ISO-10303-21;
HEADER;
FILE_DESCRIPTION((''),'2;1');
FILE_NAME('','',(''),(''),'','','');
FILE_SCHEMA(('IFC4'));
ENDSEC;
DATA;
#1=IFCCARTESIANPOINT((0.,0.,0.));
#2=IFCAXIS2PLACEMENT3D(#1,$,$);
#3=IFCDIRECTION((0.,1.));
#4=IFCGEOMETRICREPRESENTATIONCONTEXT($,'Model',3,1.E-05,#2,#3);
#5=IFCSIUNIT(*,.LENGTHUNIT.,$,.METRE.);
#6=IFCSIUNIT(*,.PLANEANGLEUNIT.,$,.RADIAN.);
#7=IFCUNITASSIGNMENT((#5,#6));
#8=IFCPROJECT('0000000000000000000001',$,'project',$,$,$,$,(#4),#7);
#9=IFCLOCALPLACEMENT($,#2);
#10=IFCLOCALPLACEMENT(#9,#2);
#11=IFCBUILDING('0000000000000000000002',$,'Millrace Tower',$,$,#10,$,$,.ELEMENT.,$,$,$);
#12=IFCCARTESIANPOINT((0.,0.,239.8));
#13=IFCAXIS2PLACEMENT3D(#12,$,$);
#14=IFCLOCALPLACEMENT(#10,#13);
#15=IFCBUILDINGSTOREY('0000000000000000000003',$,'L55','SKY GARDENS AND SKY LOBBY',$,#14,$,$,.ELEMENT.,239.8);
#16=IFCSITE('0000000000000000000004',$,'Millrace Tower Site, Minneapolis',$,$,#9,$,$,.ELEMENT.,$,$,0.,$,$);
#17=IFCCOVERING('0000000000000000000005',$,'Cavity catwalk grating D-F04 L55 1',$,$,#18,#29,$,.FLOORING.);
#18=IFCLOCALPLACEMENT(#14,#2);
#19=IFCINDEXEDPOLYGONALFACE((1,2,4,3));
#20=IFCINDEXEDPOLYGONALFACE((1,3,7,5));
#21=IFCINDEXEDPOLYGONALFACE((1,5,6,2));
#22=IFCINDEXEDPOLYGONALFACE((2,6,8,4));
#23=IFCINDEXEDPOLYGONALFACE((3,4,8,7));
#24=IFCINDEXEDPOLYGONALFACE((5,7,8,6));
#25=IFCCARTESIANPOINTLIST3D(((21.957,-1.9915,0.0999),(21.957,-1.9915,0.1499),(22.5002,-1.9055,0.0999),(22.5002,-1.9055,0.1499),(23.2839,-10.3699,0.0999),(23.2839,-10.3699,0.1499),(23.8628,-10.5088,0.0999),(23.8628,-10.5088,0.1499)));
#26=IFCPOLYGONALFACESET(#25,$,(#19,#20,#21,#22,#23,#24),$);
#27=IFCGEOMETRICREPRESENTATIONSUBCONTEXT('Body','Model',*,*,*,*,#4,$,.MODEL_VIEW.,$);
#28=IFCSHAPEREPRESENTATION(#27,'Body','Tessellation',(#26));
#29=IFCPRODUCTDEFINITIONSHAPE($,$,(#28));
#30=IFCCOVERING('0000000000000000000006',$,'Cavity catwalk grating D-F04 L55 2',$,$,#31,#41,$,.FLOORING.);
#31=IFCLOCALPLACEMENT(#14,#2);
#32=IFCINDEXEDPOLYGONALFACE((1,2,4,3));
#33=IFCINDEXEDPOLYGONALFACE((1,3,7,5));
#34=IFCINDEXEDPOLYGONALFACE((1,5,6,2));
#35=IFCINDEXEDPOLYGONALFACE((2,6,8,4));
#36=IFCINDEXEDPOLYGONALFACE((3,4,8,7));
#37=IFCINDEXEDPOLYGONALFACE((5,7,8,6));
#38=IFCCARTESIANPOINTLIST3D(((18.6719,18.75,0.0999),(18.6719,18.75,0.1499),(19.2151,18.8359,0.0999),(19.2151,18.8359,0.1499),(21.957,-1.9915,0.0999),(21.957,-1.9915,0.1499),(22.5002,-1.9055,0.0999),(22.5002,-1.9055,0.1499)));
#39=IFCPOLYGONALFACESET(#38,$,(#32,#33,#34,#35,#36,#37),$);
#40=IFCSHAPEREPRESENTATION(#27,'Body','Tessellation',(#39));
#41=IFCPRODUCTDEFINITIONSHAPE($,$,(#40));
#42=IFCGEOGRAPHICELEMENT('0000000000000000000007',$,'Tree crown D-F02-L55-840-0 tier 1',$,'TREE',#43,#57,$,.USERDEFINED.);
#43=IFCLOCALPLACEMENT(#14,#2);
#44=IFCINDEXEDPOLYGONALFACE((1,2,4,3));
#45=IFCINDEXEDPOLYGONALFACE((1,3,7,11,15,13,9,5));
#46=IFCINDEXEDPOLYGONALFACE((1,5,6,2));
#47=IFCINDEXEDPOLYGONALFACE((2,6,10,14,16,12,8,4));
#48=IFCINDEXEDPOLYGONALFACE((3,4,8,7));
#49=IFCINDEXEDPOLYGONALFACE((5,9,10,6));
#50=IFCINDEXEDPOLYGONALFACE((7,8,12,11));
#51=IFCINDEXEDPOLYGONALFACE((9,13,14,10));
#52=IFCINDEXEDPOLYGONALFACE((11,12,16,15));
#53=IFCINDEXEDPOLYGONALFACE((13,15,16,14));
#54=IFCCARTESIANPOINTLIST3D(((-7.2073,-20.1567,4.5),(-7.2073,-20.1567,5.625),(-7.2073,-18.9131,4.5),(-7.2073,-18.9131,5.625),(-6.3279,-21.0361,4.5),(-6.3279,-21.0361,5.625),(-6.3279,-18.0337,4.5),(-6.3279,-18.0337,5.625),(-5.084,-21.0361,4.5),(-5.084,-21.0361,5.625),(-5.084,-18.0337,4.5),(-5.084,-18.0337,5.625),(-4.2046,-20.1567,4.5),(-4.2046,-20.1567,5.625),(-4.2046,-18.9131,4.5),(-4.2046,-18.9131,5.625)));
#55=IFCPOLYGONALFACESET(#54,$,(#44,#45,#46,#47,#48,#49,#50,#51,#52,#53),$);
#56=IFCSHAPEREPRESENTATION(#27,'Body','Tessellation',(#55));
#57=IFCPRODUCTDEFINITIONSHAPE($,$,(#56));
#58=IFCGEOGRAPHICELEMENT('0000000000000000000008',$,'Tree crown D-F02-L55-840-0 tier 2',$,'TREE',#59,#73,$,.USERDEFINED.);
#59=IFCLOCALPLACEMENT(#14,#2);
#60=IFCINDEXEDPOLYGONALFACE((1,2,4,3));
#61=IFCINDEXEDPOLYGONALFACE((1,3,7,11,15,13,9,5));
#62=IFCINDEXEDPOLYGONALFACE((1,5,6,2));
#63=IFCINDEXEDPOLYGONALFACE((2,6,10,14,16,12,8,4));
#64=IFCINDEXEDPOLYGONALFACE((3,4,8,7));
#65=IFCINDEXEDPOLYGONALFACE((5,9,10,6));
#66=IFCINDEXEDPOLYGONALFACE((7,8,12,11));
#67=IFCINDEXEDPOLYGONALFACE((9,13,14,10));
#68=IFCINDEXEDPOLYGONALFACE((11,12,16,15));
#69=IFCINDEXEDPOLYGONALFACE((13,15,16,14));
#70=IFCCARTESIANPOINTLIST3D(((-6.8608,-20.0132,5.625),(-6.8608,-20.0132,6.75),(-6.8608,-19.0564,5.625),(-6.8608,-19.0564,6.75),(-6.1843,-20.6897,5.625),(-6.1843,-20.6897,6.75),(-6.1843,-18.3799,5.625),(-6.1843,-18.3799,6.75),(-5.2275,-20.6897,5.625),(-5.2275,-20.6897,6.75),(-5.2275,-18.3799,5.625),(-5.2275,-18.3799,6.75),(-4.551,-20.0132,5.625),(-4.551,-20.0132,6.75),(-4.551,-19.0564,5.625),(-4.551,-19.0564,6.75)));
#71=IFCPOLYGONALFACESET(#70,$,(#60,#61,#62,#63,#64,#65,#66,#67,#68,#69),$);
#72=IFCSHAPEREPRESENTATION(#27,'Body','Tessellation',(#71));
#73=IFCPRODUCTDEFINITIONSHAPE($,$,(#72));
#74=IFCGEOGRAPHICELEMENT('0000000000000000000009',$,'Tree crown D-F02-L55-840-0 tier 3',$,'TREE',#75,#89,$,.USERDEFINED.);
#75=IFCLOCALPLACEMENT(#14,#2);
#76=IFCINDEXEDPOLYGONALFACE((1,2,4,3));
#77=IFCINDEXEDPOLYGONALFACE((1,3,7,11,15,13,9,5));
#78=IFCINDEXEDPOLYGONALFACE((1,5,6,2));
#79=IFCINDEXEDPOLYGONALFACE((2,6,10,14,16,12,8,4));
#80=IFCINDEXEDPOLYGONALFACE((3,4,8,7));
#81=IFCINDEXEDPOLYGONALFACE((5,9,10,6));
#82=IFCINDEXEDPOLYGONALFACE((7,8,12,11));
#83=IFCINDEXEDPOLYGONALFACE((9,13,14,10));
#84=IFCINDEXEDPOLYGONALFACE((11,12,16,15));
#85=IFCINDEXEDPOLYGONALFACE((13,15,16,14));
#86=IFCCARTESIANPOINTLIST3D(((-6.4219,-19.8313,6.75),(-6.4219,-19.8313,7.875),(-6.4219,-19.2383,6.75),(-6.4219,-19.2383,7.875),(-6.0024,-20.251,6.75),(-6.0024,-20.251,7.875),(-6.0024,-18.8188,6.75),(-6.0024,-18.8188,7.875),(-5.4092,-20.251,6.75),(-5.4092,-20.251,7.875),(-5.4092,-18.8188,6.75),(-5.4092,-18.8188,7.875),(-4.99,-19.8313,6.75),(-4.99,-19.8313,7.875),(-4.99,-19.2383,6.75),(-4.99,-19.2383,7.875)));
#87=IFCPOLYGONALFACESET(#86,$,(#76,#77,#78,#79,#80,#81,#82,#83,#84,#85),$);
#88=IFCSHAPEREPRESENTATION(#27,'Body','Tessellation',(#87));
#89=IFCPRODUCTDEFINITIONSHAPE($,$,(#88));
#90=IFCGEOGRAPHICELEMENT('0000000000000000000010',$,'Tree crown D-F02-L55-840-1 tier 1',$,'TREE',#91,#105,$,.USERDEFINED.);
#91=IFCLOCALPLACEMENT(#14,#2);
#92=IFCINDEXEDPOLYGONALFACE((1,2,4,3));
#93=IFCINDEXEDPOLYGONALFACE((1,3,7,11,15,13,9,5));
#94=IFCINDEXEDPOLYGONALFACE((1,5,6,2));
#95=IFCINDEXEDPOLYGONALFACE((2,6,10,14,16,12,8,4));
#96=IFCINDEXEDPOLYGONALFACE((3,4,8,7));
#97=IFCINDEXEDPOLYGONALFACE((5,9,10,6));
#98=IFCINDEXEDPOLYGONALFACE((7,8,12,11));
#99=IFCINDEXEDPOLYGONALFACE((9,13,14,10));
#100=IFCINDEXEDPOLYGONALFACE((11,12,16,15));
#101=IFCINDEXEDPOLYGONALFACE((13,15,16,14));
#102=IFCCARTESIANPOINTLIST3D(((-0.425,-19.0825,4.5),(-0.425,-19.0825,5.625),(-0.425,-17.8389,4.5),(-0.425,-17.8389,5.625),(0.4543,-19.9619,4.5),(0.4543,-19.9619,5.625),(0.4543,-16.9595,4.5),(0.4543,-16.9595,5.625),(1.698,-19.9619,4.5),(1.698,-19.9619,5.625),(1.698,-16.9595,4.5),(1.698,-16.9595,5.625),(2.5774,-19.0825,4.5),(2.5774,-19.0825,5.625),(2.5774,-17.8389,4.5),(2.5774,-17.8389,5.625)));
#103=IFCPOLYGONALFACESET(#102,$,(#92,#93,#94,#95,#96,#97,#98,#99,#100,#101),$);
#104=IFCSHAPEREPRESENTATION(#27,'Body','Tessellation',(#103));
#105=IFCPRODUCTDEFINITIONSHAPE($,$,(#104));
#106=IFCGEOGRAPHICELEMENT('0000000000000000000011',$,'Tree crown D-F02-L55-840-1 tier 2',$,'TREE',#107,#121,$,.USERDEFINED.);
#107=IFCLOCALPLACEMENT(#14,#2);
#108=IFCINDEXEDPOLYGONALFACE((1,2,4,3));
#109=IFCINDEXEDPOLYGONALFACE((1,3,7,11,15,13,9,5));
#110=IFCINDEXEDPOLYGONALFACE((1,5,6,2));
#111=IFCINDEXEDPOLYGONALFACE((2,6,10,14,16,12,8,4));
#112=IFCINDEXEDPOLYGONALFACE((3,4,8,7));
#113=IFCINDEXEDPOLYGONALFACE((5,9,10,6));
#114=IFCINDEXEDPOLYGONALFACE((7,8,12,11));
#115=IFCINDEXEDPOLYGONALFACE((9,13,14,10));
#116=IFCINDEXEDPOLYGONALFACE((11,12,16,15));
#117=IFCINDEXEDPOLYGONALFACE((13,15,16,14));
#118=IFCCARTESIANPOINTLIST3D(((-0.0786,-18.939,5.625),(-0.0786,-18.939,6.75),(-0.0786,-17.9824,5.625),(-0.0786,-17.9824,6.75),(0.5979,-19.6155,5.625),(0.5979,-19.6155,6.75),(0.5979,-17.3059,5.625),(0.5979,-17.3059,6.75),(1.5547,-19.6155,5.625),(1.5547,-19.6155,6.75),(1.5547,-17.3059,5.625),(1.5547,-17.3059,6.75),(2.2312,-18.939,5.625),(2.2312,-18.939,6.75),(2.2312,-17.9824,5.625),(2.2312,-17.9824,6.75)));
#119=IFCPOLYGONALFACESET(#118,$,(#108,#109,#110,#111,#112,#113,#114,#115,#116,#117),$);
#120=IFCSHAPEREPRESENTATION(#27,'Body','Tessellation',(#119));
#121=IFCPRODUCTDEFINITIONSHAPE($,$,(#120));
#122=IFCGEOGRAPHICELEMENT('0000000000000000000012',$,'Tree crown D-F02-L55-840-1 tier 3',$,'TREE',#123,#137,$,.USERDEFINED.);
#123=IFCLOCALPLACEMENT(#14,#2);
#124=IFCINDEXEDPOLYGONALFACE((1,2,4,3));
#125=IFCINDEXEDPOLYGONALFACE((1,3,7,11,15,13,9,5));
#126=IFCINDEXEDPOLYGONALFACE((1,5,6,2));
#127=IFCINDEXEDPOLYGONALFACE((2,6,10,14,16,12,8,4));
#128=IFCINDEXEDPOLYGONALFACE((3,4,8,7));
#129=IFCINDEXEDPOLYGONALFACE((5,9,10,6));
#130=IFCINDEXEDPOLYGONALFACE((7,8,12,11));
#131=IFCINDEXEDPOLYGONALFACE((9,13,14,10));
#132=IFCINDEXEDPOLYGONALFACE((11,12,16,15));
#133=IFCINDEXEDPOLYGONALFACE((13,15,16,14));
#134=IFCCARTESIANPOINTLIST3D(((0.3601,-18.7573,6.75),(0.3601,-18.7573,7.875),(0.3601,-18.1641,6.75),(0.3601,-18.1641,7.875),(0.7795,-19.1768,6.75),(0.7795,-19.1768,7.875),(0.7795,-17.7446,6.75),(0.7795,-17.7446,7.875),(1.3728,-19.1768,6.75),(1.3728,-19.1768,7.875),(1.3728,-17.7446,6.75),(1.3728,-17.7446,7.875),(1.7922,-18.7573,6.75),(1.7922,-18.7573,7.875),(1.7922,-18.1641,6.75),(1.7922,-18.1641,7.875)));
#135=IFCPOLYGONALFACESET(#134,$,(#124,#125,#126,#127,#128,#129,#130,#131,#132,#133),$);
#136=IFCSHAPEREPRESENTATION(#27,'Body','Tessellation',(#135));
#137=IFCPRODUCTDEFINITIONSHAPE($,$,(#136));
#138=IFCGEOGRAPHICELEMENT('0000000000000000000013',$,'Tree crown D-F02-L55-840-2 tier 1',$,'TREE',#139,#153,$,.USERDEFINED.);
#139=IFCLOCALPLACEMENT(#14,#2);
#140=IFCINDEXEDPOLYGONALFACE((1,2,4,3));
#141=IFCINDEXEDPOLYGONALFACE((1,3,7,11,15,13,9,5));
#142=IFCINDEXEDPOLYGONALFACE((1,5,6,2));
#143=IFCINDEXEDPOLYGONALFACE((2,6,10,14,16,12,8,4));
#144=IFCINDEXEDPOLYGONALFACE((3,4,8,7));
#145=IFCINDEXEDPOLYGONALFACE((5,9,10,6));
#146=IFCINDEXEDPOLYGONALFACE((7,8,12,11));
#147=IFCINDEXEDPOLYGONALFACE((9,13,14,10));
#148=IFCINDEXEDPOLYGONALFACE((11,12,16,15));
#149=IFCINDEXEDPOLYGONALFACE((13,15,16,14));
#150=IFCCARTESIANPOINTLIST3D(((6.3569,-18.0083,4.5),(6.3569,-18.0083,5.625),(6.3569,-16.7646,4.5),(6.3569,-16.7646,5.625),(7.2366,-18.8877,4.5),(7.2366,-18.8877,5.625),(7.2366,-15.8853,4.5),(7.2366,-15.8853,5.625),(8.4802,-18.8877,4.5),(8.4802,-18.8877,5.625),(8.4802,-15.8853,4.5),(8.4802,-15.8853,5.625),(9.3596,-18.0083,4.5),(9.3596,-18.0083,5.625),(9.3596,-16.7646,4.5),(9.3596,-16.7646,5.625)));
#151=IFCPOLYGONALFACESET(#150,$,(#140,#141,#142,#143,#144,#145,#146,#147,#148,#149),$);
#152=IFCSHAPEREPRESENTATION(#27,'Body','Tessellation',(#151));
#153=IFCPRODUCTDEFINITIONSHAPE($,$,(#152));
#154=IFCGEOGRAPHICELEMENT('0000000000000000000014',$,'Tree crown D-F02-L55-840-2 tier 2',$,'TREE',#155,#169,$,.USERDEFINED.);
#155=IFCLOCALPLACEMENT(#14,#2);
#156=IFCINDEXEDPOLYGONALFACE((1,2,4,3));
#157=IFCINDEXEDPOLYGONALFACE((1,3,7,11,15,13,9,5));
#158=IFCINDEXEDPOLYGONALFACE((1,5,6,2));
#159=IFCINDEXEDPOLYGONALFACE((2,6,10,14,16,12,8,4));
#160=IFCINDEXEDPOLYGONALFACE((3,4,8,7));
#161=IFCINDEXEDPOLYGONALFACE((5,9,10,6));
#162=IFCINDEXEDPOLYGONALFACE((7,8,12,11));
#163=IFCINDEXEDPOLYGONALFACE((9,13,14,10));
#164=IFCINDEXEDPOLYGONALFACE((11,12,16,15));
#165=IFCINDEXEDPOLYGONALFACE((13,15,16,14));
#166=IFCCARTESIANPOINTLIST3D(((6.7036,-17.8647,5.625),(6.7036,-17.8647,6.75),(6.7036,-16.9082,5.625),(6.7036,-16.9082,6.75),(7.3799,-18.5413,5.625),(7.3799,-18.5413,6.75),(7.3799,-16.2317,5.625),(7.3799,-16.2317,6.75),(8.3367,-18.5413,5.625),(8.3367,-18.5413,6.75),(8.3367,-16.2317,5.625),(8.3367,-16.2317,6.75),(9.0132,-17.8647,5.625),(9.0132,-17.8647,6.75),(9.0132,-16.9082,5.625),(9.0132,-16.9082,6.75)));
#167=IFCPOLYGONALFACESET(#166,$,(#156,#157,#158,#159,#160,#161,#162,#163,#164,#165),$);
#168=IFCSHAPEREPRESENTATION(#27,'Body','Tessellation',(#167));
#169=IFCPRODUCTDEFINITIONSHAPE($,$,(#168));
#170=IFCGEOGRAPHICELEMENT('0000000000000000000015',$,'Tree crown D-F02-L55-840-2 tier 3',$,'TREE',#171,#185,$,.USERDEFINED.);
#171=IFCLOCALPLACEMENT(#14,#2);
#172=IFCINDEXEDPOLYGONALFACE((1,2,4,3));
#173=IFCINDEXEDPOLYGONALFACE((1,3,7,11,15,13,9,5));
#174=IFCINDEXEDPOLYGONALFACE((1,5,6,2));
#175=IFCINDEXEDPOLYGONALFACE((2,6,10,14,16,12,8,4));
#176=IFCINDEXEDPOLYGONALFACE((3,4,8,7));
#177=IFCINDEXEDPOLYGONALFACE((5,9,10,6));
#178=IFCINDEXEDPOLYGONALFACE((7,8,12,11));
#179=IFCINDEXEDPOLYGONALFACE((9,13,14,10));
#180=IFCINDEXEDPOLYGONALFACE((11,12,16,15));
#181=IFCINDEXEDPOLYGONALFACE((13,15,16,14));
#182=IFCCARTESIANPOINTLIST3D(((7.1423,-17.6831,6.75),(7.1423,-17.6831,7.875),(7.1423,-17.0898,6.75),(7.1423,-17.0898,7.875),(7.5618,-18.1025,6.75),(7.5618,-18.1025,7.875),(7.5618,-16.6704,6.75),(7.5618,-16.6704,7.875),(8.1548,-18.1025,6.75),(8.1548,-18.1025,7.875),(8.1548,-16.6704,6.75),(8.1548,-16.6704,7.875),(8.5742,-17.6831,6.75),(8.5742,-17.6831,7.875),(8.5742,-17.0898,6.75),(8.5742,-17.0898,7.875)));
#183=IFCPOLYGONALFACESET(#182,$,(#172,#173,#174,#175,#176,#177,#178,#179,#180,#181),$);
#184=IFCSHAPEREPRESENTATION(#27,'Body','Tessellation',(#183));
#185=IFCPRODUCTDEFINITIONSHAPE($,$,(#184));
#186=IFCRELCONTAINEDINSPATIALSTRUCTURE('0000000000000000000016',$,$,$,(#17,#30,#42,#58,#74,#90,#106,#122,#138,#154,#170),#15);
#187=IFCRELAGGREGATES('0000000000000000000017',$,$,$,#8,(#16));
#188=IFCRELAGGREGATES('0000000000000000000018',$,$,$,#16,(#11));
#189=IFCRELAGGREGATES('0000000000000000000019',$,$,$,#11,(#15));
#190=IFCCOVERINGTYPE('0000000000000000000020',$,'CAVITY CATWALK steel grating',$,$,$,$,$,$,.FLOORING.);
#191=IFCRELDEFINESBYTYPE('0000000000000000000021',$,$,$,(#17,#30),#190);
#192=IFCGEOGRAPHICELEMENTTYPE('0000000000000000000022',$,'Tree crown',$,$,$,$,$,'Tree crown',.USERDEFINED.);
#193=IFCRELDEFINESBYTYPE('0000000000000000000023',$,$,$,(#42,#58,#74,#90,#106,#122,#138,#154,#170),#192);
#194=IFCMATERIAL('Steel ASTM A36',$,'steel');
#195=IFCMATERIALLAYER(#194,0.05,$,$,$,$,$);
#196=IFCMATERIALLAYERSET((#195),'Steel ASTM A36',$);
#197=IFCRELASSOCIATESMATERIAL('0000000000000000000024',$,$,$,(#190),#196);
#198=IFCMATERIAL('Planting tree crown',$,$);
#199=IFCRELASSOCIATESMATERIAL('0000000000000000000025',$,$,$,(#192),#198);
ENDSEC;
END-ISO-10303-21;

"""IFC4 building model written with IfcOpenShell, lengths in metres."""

from ifc_helpers import new_model, si_unit, direction, frame, origin, place, context, subcontext, project, spatial, polyline, outline, extrude, material, layer, layer_set, type_object, element, save


model = new_model("IFC4")

# Units and contexts
model_context = context("Model", 3, precision=1e-05, world=origin(), true_north=direction((0.0, 1.0)))
body_context = subcontext(model_context, "Body", "Model", "MODEL_VIEW")
ifc_project = project(units=[si_unit("LENGTHUNIT", "METRE"), si_unit("PLANEANGLEUNIT", "RADIAN")], contexts=[model_context])

# Site, building, storey
site_placement = place(None, origin())
site = spatial("IfcSite", under=ifc_project, at=site_placement, Name="Millrace Tower Site, Minneapolis", CompositionType="ELEMENT", RefElevation=0.0)
building_placement = place(site_placement, origin())
building = spatial("IfcBuilding", under=site, at=building_placement, Name="Millrace Tower", CompositionType="ELEMENT")
storey_placement = place(building_placement, frame((0.0, 0.0, 239.8)))
storey = spatial("IfcBuildingStorey", under=building, at=storey_placement, Name="L55", Description="SKY GARDENS AND SKY LOBBY", CompositionType="ELEMENT", Elevation=239.8)

# Coverings
ifc_material_1 = material(Name="Steel ASTM A36", Category="steel")
ifc_layer_1 = layer(ifc_material_1, 0.05)
ifc_layer_set_1 = layer_set([ifc_layer_1], Name="Steel ASTM A36")
covering_type = type_object("IfcCoveringType", Name="CAVITY CATWALK steel grating", PredefinedType="FLOORING", material=ifc_layer_set_1)
placement_1 = place(storey_placement, frame((0.0, 0.0, 0.0999)))
element("IfcCovering", 1, at=placement_1, inside=storey, type_object=covering_type, Name="Cavity catwalk grating D-F04 L55 1", PredefinedType="FLOORING", context=body_context, shape_type="SweptSolid", body=[
    extrude(outline(polyline([(23.8628, -10.5088), (22.5002, -1.9055), (21.957, -1.9915), (23.2839, -10.3699), (23.8628, -10.5088)])), origin(), (0.0, 0.0, 1.0), 0.05),
])
element("IfcCovering", 2, at=placement_1, inside=storey, type_object=covering_type, Name="Cavity catwalk grating D-F04 L55 2", PredefinedType="FLOORING", context=body_context, shape_type="SweptSolid", body=[
    extrude(outline(polyline([(22.5002, -1.9055), (19.2151, 18.8359), (18.6719, 18.75), (21.957, -1.9915), (22.5002, -1.9055)])), origin(), (0.0, 0.0, 1.0), 0.05),
])

# Geographic elements
ifc_material_2 = material(Name="Planting tree crown")
geographic_element_type = type_object("IfcGeographicElementType", Name="Tree crown", ElementType="Tree crown", PredefinedType="USERDEFINED", material=ifc_material_2)
placement_2 = place(storey_placement, frame((0.0, 0.0, 4.5)))
element("IfcGeographicElement", 3, at=placement_2, inside=storey, type_object=geographic_element_type, Name="Tree crown D-F02-L55-840-0 tier 1", ObjectType="TREE", PredefinedType="USERDEFINED", context=body_context, shape_type="SweptSolid", body=[
    extrude(outline(polyline([(-4.2046, -18.9131), (-5.084, -18.0337), (-6.3279, -18.0337), (-7.2073, -18.9131), (-7.2073, -20.1567), (-6.3279, -21.0361), (-5.084, -21.0361), (-4.2046, -20.1567), (-4.2046, -18.9131)])), origin(), (0.0, 0.0, 1.0), 1.125),
])
placement_3 = place(storey_placement, frame((0.0, 0.0, 5.625)))
element("IfcGeographicElement", 4, at=placement_3, inside=storey, type_object=geographic_element_type, Name="Tree crown D-F02-L55-840-0 tier 2", ObjectType="TREE", PredefinedType="USERDEFINED", context=body_context, shape_type="SweptSolid", body=[
    extrude(outline(polyline([(-4.551, -19.0564), (-5.2275, -18.3799), (-6.1843, -18.3799), (-6.8608, -19.0564), (-6.8608, -20.0132), (-6.1843, -20.6897), (-5.2275, -20.6897), (-4.551, -20.0132), (-4.551, -19.0564)])), origin(), (0.0, 0.0, 1.0), 1.125),
])
placement_4 = place(storey_placement, frame((0.0, 0.0, 6.75)))
element("IfcGeographicElement", 5, at=placement_4, inside=storey, type_object=geographic_element_type, Name="Tree crown D-F02-L55-840-0 tier 3", ObjectType="TREE", PredefinedType="USERDEFINED", context=body_context, shape_type="SweptSolid", body=[
    extrude(outline(polyline([(-4.99, -19.2383), (-5.4092, -18.8188), (-6.0024, -18.8188), (-6.4219, -19.2383), (-6.4219, -19.8313), (-6.0024, -20.251), (-5.4092, -20.251), (-4.99, -19.8313), (-4.99, -19.2383)])), origin(), (0.0, 0.0, 1.0), 1.125),
])
element("IfcGeographicElement", 6, at=placement_2, inside=storey, type_object=geographic_element_type, Name="Tree crown D-F02-L55-840-1 tier 1", ObjectType="TREE", PredefinedType="USERDEFINED", context=body_context, shape_type="SweptSolid", body=[
    extrude(outline(polyline([(2.5774, -17.8389), (1.698, -16.9595), (0.4543, -16.9595), (-0.425, -17.8389), (-0.425, -19.0825), (0.4543, -19.9619), (1.698, -19.9619), (2.5774, -19.0825), (2.5774, -17.8389)])), origin(), (0.0, 0.0, 1.0), 1.125),
])
element("IfcGeographicElement", 7, at=placement_3, inside=storey, type_object=geographic_element_type, Name="Tree crown D-F02-L55-840-1 tier 2", ObjectType="TREE", PredefinedType="USERDEFINED", context=body_context, shape_type="SweptSolid", body=[
    extrude(outline(polyline([(2.2312, -17.9824), (1.5547, -17.3059), (0.5979, -17.3059), (-0.0786, -17.9824), (-0.0786, -18.939), (0.5979, -19.6155), (1.5547, -19.6155), (2.2312, -18.939), (2.2312, -17.9824)])), origin(), (0.0, 0.0, 1.0), 1.125),
])
element("IfcGeographicElement", 8, at=placement_4, inside=storey, type_object=geographic_element_type, Name="Tree crown D-F02-L55-840-1 tier 3", ObjectType="TREE", PredefinedType="USERDEFINED", context=body_context, shape_type="SweptSolid", body=[
    extrude(outline(polyline([(1.7922, -18.1641), (1.3728, -17.7446), (0.7795, -17.7446), (0.3601, -18.1641), (0.3601, -18.7573), (0.7795, -19.1768), (1.3728, -19.1768), (1.7922, -18.7573), (1.7922, -18.1641)])), origin(), (0.0, 0.0, 1.0), 1.125),
])
element("IfcGeographicElement", 9, at=placement_2, inside=storey, type_object=geographic_element_type, Name="Tree crown D-F02-L55-840-2 tier 1", ObjectType="TREE", PredefinedType="USERDEFINED", context=body_context, shape_type="SweptSolid", body=[
    extrude(outline(polyline([(9.3596, -16.7646), (8.4802, -15.8853), (7.2366, -15.8853), (6.3569, -16.7646), (6.3569, -18.0083), (7.2366, -18.8877), (8.4802, -18.8877), (9.3596, -18.0083), (9.3596, -16.7646)])), origin(), (0.0, 0.0, 1.0), 1.125),
])
element("IfcGeographicElement", 10, at=placement_3, inside=storey, type_object=geographic_element_type, Name="Tree crown D-F02-L55-840-2 tier 2", ObjectType="TREE", PredefinedType="USERDEFINED", context=body_context, shape_type="SweptSolid", body=[
    extrude(outline(polyline([(9.0132, -16.9082), (8.3367, -16.2317), (7.3799, -16.2317), (6.7036, -16.9082), (6.7036, -17.8647), (7.3799, -18.5413), (8.3367, -18.5413), (9.0132, -17.8647), (9.0132, -16.9082)])), origin(), (0.0, 0.0, 1.0), 1.125),
])
element("IfcGeographicElement", 11, at=placement_4, inside=storey, type_object=geographic_element_type, Name="Tree crown D-F02-L55-840-2 tier 3", ObjectType="TREE", PredefinedType="USERDEFINED", context=body_context, shape_type="SweptSolid", body=[
    extrude(outline(polyline([(8.5742, -17.0898), (8.1548, -16.6704), (7.5618, -16.6704), (7.1423, -17.0898), (7.1423, -17.6831), (7.5618, -18.1025), (8.1548, -18.1025), (8.5742, -17.6831), (8.5742, -17.0898)])), origin(), (0.0, 0.0, 1.0), 1.125),
])

save(model, "model.ifc")
